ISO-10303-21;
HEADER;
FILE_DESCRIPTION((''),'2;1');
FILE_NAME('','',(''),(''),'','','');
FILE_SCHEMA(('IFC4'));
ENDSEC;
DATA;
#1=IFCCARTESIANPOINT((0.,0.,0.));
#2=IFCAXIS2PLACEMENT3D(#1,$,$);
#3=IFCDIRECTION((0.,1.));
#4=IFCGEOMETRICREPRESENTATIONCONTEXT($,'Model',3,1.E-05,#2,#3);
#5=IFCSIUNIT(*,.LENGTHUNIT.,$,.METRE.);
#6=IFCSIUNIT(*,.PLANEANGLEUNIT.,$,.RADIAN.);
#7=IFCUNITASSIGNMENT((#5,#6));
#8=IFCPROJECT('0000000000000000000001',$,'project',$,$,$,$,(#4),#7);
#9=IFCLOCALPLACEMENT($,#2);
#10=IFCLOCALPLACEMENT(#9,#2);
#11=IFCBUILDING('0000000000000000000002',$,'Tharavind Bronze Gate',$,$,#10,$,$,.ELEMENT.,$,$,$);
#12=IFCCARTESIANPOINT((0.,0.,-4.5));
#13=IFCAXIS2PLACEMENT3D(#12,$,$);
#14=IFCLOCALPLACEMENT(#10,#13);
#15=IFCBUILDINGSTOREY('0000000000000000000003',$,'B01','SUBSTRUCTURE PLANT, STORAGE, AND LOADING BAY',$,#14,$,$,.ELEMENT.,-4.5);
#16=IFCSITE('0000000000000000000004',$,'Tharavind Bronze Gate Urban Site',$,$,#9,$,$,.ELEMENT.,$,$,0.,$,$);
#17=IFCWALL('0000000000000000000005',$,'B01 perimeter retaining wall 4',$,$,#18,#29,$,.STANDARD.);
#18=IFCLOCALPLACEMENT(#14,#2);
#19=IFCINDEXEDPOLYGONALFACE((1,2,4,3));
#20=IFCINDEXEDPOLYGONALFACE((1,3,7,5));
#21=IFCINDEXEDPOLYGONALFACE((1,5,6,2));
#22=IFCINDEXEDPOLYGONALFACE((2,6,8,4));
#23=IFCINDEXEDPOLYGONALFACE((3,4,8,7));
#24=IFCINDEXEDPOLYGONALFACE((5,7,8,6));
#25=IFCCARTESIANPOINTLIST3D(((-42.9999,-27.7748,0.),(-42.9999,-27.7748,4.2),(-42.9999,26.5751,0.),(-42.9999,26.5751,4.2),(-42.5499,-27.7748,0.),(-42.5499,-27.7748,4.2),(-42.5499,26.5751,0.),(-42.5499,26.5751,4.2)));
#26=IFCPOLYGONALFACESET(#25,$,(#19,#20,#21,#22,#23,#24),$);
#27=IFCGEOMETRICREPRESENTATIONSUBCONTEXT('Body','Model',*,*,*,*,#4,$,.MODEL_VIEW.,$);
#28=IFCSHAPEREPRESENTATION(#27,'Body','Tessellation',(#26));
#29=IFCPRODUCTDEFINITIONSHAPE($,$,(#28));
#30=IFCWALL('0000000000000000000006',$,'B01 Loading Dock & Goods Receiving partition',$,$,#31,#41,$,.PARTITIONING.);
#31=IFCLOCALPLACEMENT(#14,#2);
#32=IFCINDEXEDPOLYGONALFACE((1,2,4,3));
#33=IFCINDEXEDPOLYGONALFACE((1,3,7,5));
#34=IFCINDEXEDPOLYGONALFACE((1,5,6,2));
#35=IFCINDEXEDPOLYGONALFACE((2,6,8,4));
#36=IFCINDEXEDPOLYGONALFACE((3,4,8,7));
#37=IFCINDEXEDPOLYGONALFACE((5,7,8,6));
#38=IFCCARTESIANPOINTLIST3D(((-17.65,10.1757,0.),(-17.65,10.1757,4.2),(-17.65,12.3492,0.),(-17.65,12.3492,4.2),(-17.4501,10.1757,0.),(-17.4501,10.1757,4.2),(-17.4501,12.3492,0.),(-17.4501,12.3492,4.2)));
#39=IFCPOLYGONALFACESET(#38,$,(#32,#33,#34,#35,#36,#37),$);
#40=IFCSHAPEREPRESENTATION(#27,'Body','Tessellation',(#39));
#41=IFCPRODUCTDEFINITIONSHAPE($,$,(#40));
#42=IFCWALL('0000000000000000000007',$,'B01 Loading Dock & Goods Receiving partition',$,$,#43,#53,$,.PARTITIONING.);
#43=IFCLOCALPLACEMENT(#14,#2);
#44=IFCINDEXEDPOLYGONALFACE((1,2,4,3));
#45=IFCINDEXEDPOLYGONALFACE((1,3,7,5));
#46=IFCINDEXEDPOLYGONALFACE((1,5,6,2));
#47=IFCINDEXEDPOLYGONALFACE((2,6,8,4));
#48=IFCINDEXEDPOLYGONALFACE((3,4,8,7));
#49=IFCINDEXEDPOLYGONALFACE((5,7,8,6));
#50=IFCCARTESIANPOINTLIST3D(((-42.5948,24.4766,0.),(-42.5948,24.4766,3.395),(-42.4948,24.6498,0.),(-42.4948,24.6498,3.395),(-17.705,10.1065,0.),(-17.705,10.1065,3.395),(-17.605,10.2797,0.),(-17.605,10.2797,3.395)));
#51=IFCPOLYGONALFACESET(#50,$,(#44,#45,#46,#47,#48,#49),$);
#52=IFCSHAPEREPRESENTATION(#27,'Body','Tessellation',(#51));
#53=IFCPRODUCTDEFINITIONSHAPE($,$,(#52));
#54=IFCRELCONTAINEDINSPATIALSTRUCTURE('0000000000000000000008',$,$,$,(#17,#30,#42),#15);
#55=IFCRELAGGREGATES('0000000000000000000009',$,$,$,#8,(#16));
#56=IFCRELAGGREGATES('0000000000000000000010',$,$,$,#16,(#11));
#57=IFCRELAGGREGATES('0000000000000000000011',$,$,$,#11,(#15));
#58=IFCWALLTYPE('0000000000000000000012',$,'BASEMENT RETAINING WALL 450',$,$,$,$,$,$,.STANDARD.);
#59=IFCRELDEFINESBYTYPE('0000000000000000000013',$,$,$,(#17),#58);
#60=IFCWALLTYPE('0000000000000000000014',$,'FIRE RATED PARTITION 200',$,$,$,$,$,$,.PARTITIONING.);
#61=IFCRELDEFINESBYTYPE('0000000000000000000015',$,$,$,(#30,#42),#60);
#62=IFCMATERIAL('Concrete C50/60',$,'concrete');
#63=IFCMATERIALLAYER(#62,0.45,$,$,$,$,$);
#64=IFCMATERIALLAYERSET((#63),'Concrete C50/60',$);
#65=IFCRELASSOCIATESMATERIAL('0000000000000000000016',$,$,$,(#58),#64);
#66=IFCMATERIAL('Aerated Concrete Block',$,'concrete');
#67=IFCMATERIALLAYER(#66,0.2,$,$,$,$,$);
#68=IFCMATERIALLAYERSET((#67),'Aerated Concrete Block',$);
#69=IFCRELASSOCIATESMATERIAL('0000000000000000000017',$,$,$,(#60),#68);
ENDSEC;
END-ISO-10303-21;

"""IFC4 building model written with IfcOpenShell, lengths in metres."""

from ifc_helpers import new_model, si_unit, direction, frame, frame_2d, origin, place, context, subcontext, project, spatial, rectangle, extrude, material, layer, layer_set, type_object, element, save


model = new_model("IFC4")

# Units and contexts
model_context = context("Model", 3, precision=1e-05, world=origin(), true_north=direction((0.0, 1.0)))
body_context = subcontext(model_context, "Body", "Model", "MODEL_VIEW")
ifc_project = project(units=[si_unit("LENGTHUNIT", "METRE"), si_unit("PLANEANGLEUNIT", "RADIAN")], contexts=[model_context])

# Site, building, storey
site_placement = place(None, origin())
site = spatial("IfcSite", under=ifc_project, at=site_placement, Name="Tharavind Bronze Gate Urban Site", CompositionType="ELEMENT", RefElevation=0.0)
building_placement = place(site_placement, origin())
building = spatial("IfcBuilding", under=site, at=building_placement, Name="Tharavind Bronze Gate", CompositionType="ELEMENT")
storey_placement = place(building_placement, frame((0.0, 0.0, -4.5)))
storey = spatial("IfcBuildingStorey", under=building, at=storey_placement, Name="B01", Description="SUBSTRUCTURE PLANT, STORAGE, AND LOADING BAY", CompositionType="ELEMENT", Elevation=-4.5)

# Walls
ifc_material_1 = material(Name="Concrete C50/60", Category="concrete")
ifc_layer_1 = layer(ifc_material_1, 0.45)
ifc_layer_set_1 = layer_set([ifc_layer_1], Name="Concrete C50/60")
wall_type_1 = type_object("IfcWallType", Name="BASEMENT RETAINING WALL 450", PredefinedType="STANDARD", material=ifc_layer_set_1)
wall_1_placement = place(storey_placement, frame((-42.7749, 26.575, 0.0), z_axis=(0.0, 0.0, 1.0), x_axis=(0.0, -1.0, 0.0)))
element("IfcWall", 1, at=wall_1_placement, inside=storey, type_object=wall_type_1, Name="B01 perimeter retaining wall 4", PredefinedType="STANDARD", context=body_context, shape_type="SweptSolid", body=[
    extrude(rectangle(XDim=54.3499, YDim=0.45, at=frame_2d((27.1748, 0.0))), origin(), (0.0, 0.0, 1.0), 4.2),
])
ifc_material_2 = material(Name="Aerated Concrete Block", Category="concrete")
ifc_layer_2 = layer(ifc_material_2, 0.2)
ifc_layer_set_2 = layer_set([ifc_layer_2], Name="Aerated Concrete Block")
wall_type_2 = type_object("IfcWallType", Name="FIRE RATED PARTITION 200", PredefinedType="PARTITIONING", material=ifc_layer_set_2)
wall_2_placement = place(storey_placement, frame((-17.55, 12.3494, 0.0), z_axis=(0.0, 0.0, 1.0), x_axis=(0.0, -1.0, 0.0)))
element("IfcWall", 2, at=wall_2_placement, inside=storey, type_object=wall_type_2, Name="B01 Loading Dock & Goods Receiving partition", PredefinedType="PARTITIONING", context=body_context, shape_type="SweptSolid", body=[
    extrude(rectangle(XDim=2.1736, YDim=0.2, at=frame_2d((1.0869, 0.0))), origin(), (0.0, 0.0, 1.0), 4.2),
])
wall_3_placement = place(storey_placement, frame((-17.655, 10.1931, 0.0), z_axis=(0.0, 0.0, 1.0), x_axis=(-0.866026, 0.499998, 0.0)))
element("IfcWall", 3, at=wall_3_placement, inside=storey, type_object=wall_type_2, Name="B01 Loading Dock & Goods Receiving partition", PredefinedType="PARTITIONING", context=body_context, shape_type="SweptSolid", body=[
    extrude(rectangle(XDim=28.7402, YDim=0.2, at=frame_2d((14.3701, 0.0))), origin(), (0.0, 0.0, 1.0), 3.395),
])

save(model, "model.ifc")
